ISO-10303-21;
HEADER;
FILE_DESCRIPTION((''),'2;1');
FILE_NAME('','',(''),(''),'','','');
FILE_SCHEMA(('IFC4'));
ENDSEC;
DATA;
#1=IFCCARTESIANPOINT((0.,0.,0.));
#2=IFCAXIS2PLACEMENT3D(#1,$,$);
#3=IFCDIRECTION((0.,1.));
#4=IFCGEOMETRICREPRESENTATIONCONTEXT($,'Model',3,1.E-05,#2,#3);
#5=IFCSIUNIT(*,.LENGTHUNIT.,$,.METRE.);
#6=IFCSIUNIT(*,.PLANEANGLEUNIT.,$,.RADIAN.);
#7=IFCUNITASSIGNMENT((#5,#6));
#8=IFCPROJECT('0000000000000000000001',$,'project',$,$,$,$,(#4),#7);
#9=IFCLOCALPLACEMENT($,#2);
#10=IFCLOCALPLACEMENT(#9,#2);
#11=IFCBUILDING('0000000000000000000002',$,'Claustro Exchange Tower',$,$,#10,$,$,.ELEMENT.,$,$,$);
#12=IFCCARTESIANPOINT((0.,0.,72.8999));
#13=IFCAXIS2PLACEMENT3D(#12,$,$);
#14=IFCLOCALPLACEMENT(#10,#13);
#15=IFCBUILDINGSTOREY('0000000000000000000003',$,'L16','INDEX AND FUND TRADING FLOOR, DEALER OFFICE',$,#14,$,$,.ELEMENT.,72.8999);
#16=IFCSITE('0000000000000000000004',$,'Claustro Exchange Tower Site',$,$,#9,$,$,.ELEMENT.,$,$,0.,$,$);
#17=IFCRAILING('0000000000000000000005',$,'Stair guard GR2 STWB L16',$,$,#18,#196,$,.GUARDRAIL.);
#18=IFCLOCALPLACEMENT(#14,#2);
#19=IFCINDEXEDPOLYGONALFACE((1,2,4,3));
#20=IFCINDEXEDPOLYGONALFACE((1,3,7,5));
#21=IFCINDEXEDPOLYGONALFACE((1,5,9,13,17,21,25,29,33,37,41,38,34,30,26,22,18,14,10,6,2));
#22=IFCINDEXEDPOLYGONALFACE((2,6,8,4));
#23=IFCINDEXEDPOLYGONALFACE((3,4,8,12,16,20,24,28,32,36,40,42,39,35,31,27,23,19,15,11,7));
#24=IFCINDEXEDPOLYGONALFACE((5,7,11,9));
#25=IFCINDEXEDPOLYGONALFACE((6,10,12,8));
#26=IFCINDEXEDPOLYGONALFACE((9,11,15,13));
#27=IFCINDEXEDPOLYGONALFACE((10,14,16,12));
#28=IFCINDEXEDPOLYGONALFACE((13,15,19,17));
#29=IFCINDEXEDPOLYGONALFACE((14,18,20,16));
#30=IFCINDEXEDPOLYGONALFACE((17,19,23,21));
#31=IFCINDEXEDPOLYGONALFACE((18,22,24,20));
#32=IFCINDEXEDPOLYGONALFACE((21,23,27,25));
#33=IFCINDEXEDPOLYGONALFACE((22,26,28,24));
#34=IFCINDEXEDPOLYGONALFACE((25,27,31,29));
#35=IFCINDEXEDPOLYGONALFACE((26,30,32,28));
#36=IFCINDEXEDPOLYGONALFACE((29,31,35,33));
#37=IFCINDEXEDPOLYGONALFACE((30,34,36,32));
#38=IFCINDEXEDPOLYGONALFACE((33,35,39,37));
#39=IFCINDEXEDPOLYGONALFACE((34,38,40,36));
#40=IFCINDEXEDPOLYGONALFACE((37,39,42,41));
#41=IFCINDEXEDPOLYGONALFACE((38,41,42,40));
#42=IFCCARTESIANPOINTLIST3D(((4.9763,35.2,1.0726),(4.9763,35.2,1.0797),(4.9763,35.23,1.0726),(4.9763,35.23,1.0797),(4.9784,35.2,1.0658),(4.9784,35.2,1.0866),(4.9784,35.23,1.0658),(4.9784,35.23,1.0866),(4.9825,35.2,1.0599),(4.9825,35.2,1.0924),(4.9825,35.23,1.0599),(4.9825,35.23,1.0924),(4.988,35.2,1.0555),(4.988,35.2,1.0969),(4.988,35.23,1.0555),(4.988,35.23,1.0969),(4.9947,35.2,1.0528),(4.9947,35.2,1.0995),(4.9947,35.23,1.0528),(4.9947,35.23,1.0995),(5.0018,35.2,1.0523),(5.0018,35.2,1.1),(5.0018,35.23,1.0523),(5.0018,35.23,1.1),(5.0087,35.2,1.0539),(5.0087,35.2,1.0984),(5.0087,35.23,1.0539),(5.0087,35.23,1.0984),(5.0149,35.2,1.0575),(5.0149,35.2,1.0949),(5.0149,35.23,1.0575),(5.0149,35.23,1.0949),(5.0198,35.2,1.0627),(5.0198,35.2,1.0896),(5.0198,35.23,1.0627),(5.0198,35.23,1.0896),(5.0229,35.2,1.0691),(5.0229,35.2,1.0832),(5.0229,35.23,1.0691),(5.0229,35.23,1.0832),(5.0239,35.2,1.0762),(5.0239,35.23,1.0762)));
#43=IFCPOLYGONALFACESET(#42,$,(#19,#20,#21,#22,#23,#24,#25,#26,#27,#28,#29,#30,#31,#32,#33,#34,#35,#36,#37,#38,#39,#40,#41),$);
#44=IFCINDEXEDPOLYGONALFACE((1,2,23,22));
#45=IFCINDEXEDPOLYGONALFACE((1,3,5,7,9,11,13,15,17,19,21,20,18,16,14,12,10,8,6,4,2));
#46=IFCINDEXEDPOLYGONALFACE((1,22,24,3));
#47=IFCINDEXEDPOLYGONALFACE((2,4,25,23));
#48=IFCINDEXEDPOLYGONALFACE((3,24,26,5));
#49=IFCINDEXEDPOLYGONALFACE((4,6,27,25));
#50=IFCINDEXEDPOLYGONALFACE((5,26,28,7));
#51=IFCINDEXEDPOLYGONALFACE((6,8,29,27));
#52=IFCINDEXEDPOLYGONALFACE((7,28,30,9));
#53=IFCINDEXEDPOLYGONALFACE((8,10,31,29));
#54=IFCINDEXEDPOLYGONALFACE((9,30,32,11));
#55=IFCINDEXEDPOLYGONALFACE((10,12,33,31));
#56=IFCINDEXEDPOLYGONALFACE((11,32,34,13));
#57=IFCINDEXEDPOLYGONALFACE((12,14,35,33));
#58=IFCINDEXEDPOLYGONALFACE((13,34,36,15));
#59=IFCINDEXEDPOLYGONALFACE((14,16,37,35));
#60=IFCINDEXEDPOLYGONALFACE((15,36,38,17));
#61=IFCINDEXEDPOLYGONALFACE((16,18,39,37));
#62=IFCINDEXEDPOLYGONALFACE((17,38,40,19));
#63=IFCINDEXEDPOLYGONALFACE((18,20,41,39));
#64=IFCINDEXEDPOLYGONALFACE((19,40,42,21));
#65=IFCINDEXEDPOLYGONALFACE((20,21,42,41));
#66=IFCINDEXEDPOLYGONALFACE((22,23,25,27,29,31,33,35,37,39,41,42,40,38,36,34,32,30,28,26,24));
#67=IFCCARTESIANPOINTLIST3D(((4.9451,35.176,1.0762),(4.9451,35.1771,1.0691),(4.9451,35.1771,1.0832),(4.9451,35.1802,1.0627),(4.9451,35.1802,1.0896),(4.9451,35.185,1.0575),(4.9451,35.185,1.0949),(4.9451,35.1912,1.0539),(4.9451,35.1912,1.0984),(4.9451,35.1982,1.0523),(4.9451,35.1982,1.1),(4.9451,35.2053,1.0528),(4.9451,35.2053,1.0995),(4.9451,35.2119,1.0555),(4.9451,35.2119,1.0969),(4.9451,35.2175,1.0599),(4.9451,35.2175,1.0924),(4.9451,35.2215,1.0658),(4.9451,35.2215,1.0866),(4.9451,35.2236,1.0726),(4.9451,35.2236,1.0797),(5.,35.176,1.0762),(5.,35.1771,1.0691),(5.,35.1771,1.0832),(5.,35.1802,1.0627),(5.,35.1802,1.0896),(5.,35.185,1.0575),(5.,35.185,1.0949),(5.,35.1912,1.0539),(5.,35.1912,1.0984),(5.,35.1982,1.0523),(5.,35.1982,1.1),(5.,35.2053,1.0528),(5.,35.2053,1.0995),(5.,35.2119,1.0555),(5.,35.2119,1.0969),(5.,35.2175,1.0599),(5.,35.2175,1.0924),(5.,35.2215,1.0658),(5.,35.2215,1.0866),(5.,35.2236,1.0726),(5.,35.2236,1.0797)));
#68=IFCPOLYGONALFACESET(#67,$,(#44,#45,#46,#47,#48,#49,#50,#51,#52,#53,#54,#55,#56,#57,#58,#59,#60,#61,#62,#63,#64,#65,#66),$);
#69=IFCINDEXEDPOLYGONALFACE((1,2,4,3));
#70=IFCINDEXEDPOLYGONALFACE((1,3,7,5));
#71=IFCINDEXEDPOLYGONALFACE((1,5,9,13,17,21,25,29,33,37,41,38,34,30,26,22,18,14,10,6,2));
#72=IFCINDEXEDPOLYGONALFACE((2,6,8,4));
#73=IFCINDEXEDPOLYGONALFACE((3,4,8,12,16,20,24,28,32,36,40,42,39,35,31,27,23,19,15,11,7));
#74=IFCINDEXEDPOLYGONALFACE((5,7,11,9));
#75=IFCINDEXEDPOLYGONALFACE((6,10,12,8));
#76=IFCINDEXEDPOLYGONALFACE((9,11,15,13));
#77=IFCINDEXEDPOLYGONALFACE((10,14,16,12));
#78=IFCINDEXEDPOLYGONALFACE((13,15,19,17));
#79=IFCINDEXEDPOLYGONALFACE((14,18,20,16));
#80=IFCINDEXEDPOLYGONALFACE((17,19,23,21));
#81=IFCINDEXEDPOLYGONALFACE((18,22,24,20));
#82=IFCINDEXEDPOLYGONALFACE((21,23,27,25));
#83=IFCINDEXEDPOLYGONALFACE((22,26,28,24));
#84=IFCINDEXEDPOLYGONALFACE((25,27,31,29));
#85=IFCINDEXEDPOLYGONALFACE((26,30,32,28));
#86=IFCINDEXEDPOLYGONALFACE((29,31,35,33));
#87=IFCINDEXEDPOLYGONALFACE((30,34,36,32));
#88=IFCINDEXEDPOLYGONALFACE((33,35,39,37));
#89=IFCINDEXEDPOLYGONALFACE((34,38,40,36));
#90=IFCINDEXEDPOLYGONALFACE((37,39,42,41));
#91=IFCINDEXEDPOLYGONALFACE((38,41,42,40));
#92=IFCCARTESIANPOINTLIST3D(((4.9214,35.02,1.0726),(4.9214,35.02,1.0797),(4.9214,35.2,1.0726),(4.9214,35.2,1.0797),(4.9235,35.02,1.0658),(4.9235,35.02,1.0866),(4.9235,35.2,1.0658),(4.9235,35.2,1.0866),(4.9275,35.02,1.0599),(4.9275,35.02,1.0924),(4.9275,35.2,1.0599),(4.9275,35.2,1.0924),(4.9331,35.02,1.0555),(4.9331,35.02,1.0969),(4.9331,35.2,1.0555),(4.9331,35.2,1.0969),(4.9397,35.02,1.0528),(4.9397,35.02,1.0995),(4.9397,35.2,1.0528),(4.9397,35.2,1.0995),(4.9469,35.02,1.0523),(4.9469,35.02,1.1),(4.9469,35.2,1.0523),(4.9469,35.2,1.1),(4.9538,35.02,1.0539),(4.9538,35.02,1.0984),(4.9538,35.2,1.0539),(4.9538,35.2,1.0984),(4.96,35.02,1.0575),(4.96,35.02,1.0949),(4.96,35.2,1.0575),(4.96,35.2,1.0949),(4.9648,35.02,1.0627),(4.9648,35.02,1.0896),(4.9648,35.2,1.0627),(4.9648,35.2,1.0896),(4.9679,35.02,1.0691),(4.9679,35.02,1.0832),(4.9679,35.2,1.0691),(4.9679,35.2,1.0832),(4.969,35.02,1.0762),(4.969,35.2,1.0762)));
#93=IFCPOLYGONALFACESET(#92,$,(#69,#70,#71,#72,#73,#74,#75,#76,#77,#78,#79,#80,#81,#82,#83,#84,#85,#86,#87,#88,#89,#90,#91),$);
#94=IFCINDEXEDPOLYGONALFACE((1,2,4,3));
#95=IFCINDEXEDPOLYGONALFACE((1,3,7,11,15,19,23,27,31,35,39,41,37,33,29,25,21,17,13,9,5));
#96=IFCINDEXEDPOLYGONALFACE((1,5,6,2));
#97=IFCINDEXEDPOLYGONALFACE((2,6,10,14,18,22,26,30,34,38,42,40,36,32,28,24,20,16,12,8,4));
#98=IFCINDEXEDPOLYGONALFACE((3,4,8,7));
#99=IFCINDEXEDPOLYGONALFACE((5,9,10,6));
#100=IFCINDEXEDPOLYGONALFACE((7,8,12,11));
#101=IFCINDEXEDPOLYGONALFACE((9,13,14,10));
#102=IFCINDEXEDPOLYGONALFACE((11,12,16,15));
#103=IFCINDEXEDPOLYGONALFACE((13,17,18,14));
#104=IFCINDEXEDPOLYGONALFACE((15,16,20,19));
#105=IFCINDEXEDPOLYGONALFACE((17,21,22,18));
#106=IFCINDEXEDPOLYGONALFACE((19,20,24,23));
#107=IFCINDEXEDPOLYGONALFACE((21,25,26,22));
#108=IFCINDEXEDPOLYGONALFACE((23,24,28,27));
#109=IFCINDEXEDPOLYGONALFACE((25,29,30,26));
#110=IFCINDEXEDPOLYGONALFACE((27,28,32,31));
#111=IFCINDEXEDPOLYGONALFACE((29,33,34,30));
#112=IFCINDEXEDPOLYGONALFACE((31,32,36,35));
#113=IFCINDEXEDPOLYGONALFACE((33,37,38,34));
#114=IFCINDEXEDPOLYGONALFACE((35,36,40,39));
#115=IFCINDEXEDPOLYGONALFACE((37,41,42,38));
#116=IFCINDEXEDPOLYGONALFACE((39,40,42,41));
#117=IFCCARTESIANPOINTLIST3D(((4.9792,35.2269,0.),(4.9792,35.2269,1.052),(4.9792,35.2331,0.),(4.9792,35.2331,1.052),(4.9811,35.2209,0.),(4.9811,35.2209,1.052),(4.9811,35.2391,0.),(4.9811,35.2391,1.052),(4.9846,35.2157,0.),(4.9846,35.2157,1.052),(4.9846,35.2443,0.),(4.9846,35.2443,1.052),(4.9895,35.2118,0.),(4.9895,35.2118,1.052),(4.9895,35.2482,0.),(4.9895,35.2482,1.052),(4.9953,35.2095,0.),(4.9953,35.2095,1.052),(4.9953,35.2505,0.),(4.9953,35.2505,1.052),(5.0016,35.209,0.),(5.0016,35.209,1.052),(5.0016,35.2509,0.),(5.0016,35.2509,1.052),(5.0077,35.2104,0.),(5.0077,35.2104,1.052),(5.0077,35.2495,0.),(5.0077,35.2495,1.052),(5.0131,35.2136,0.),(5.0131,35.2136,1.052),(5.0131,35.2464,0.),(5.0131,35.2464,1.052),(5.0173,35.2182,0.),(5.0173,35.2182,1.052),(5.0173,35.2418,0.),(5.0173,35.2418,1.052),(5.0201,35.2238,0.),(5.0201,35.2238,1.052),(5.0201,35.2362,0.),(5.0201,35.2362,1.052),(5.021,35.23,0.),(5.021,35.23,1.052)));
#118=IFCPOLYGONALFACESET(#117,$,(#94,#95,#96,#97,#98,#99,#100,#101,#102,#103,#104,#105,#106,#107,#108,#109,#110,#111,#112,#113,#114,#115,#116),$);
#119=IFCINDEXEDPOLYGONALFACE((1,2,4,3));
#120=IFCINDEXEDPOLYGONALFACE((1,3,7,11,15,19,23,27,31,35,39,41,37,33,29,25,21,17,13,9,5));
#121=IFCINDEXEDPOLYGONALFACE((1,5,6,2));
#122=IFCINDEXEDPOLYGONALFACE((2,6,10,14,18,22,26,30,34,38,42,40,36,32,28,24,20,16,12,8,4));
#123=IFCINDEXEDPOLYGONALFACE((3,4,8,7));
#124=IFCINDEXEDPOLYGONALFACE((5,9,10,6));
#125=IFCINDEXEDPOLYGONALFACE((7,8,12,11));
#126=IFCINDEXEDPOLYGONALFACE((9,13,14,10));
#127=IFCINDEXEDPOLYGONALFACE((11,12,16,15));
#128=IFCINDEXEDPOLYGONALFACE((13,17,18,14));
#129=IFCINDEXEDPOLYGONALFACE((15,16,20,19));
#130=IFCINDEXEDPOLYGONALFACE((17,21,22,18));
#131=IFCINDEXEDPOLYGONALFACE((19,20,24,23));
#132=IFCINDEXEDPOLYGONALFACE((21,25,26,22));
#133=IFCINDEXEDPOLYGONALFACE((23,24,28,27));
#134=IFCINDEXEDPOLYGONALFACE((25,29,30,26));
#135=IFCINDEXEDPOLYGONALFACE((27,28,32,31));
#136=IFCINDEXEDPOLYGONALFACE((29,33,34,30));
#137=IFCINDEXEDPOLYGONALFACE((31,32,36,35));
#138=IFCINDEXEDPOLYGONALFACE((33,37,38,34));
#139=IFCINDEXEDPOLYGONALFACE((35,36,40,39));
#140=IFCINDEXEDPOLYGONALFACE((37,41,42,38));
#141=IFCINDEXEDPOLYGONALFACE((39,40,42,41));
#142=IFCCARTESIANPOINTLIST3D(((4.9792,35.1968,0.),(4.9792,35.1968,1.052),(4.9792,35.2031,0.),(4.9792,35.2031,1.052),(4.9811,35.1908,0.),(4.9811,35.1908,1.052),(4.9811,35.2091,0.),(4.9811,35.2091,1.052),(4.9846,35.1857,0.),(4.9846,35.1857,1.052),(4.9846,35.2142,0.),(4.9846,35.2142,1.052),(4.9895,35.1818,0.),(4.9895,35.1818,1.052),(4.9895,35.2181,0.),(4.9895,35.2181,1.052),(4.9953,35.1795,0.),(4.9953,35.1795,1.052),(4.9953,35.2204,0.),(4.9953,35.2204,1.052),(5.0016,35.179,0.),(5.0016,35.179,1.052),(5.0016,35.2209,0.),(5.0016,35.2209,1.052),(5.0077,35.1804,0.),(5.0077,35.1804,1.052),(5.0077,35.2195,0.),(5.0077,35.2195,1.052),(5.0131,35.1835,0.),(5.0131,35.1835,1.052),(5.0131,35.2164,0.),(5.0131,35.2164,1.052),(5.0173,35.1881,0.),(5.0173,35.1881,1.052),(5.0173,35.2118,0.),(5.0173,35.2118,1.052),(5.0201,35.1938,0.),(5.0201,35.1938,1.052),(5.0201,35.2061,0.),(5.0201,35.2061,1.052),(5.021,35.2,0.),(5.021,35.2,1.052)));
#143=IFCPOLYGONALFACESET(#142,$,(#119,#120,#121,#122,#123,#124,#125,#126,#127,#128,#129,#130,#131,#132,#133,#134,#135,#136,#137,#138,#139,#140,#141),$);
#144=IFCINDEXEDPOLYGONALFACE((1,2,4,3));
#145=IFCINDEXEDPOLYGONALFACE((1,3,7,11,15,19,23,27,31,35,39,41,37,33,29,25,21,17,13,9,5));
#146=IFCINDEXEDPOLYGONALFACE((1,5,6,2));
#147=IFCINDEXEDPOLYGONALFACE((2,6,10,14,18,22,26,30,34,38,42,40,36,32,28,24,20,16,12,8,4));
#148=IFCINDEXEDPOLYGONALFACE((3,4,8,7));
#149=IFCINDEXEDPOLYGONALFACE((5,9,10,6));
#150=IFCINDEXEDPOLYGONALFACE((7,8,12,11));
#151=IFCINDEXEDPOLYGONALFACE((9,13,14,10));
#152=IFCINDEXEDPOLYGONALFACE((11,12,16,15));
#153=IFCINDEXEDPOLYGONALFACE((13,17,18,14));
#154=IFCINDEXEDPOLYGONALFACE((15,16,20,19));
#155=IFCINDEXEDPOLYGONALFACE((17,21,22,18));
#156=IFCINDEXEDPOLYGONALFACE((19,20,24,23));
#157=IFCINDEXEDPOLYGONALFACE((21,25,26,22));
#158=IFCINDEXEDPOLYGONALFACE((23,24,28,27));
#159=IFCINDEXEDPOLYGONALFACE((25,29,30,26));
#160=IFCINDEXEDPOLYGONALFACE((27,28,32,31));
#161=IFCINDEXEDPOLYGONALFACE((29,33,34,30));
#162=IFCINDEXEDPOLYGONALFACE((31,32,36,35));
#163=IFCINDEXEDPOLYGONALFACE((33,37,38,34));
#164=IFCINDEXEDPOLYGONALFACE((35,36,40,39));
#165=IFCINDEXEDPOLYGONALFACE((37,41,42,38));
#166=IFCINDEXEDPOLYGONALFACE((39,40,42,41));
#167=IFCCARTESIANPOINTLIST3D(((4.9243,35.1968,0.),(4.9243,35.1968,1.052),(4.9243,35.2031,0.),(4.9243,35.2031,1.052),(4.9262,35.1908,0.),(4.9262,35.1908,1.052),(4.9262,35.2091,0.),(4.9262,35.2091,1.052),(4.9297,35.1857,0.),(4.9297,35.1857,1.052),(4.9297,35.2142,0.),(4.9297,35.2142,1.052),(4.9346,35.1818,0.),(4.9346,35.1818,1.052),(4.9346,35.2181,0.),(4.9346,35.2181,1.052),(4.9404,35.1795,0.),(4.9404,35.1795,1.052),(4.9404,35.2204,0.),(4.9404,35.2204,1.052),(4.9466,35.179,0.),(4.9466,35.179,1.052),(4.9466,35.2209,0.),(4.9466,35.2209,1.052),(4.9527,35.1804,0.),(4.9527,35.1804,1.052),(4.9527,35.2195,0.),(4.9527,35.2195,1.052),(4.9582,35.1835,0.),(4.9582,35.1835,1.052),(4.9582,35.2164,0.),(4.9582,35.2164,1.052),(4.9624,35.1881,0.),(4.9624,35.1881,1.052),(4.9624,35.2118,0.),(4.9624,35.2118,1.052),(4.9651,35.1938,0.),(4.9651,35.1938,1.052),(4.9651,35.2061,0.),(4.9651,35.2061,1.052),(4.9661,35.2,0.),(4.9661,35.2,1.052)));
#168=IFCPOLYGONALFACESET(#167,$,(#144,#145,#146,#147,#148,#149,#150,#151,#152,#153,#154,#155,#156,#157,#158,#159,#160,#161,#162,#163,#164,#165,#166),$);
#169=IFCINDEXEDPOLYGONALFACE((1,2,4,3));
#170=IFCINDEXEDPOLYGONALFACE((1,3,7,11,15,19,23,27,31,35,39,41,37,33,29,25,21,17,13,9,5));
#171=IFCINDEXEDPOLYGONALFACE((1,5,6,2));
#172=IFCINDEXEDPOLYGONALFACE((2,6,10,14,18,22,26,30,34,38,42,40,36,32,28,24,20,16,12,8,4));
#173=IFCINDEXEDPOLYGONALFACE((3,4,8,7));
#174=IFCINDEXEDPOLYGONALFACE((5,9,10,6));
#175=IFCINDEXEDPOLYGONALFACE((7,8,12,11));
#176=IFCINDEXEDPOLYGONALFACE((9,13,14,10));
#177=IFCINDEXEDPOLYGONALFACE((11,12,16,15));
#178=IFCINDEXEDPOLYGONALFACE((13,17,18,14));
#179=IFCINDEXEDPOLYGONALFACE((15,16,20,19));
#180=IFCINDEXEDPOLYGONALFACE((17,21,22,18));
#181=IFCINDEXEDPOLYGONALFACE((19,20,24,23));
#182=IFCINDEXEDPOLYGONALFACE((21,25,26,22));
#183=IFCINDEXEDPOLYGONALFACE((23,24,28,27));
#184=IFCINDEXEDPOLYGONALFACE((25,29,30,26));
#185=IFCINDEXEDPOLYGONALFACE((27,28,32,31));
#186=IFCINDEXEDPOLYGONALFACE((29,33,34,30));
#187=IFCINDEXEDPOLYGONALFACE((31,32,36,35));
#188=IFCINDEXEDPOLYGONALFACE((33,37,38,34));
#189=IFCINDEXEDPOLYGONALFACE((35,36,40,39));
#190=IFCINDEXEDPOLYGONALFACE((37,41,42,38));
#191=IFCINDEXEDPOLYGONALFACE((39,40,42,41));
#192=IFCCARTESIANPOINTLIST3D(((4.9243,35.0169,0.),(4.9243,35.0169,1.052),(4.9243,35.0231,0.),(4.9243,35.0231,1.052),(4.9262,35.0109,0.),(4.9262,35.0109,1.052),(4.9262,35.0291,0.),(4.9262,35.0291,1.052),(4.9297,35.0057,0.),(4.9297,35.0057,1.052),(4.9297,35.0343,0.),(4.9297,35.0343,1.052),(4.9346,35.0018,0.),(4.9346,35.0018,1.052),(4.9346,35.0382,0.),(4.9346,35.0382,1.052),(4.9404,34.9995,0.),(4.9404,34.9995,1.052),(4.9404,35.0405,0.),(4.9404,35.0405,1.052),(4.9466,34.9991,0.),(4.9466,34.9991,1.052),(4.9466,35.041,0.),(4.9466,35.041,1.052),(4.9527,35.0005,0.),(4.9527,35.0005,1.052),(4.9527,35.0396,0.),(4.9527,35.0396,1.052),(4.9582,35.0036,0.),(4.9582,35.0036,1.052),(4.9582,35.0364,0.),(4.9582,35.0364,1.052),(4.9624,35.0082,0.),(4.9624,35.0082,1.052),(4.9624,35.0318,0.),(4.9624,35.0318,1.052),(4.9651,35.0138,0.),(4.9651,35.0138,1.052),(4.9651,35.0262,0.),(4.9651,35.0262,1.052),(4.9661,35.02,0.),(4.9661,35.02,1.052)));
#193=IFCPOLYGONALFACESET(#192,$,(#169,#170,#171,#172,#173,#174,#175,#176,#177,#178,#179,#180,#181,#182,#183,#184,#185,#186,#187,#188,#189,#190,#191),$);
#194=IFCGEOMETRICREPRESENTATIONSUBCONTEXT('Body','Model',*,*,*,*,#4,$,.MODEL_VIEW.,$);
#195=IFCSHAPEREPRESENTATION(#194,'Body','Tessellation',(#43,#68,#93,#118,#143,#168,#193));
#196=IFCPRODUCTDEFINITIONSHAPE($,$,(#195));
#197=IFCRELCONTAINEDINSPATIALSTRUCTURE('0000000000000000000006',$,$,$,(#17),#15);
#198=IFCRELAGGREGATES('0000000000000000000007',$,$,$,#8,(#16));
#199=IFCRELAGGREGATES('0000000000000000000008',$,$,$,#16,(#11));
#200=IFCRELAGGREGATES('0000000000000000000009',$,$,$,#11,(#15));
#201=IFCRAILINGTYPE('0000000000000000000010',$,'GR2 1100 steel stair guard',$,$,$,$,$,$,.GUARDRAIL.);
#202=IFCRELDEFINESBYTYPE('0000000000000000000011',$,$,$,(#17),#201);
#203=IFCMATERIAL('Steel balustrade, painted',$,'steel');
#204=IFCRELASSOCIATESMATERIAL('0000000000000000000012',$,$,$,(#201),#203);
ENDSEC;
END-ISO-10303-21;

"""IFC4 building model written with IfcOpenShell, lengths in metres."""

from ifc_helpers import new_model, si_unit, direction, frame, origin, origin_2d, place, context, subcontext, project, spatial, circle, extrude, material, type_object, element, save


model = new_model("IFC4")

# Units and contexts
model_context = context("Model", 3, precision=1e-05, world=origin(), true_north=direction((0.0, 1.0)))
body_context = subcontext(model_context, "Body", "Model", "MODEL_VIEW")
ifc_project = project(units=[si_unit("LENGTHUNIT", "METRE"), si_unit("PLANEANGLEUNIT", "RADIAN")], contexts=[model_context])

# Site, building, storey
site_placement = place(None, origin())
site = spatial("IfcSite", under=ifc_project, at=site_placement, Name="Claustro Exchange Tower Site", CompositionType="ELEMENT", RefElevation=0.0)
building_placement = place(site_placement, origin())
building = spatial("IfcBuilding", under=site, at=building_placement, Name="Claustro Exchange Tower", CompositionType="ELEMENT")
storey_placement = place(building_placement, frame((0.0, 0.0, 72.8999)))
storey = spatial("IfcBuildingStorey", under=building, at=storey_placement, Name="L16", Description="INDEX AND FUND TRADING FLOOR, DEALER OFFICE", CompositionType="ELEMENT", Elevation=72.8999)

# Railing
ifc_material_1 = material(Name="Steel balustrade, painted", Category="steel")
railing_type_1 = type_object("IfcRailingType", Name="GR2 1100 steel stair guard", PredefinedType="GUARDRAIL", material=ifc_material_1)
railing_1_placement = place(storey_placement, frame((5.0, 35.23, 0.0)))
element("IfcRailing", 1, at=railing_1_placement, inside=storey, type_object=railing_type_1, Name="Stair guard GR2 STWB L16", PredefinedType="GUARDRAIL", context=body_context, shape_type="SweptSolid", body=[
    extrude(circle(Radius=0.0239, at=origin_2d()), frame((0.0, 0.0, 1.0762), z_axis=(0.0, -1.0, 0.0), x_axis=(1.0, 0.0, 0.0)), (0.0, 0.0, 1.0), 0.03),
    extrude(circle(Radius=0.0239, at=origin_2d()), frame((0.0, -0.03, 1.0762), z_axis=(-1.0, 0.0, 0.0), x_axis=(0.0, -1.0, 0.0)), (0.0, 0.0, 1.0), 0.0549),
    extrude(circle(Radius=0.0239, at=origin_2d()), frame((-0.0549, -0.03, 1.0762), z_axis=(0.0, -1.0, 0.0), x_axis=(1.0, 0.0, 0.0)), (0.0, 0.0, 1.0), 0.1799),
    extrude(circle(Radius=0.021, at=origin_2d()), origin(), (0.0, 0.0, 1.0), 1.052),
    extrude(circle(Radius=0.021, at=origin_2d()), frame((0.0, -0.03, 0.0)), (0.0, 0.0, 1.0), 1.052),
    extrude(circle(Radius=0.021, at=origin_2d()), frame((-0.0549, -0.03, 0.0)), (0.0, 0.0, 1.0), 1.052),
    extrude(circle(Radius=0.021, at=origin_2d()), frame((-0.0549, -0.21, 0.0)), (0.0, 0.0, 1.0), 1.052),
])

save(model, "model.ifc")
